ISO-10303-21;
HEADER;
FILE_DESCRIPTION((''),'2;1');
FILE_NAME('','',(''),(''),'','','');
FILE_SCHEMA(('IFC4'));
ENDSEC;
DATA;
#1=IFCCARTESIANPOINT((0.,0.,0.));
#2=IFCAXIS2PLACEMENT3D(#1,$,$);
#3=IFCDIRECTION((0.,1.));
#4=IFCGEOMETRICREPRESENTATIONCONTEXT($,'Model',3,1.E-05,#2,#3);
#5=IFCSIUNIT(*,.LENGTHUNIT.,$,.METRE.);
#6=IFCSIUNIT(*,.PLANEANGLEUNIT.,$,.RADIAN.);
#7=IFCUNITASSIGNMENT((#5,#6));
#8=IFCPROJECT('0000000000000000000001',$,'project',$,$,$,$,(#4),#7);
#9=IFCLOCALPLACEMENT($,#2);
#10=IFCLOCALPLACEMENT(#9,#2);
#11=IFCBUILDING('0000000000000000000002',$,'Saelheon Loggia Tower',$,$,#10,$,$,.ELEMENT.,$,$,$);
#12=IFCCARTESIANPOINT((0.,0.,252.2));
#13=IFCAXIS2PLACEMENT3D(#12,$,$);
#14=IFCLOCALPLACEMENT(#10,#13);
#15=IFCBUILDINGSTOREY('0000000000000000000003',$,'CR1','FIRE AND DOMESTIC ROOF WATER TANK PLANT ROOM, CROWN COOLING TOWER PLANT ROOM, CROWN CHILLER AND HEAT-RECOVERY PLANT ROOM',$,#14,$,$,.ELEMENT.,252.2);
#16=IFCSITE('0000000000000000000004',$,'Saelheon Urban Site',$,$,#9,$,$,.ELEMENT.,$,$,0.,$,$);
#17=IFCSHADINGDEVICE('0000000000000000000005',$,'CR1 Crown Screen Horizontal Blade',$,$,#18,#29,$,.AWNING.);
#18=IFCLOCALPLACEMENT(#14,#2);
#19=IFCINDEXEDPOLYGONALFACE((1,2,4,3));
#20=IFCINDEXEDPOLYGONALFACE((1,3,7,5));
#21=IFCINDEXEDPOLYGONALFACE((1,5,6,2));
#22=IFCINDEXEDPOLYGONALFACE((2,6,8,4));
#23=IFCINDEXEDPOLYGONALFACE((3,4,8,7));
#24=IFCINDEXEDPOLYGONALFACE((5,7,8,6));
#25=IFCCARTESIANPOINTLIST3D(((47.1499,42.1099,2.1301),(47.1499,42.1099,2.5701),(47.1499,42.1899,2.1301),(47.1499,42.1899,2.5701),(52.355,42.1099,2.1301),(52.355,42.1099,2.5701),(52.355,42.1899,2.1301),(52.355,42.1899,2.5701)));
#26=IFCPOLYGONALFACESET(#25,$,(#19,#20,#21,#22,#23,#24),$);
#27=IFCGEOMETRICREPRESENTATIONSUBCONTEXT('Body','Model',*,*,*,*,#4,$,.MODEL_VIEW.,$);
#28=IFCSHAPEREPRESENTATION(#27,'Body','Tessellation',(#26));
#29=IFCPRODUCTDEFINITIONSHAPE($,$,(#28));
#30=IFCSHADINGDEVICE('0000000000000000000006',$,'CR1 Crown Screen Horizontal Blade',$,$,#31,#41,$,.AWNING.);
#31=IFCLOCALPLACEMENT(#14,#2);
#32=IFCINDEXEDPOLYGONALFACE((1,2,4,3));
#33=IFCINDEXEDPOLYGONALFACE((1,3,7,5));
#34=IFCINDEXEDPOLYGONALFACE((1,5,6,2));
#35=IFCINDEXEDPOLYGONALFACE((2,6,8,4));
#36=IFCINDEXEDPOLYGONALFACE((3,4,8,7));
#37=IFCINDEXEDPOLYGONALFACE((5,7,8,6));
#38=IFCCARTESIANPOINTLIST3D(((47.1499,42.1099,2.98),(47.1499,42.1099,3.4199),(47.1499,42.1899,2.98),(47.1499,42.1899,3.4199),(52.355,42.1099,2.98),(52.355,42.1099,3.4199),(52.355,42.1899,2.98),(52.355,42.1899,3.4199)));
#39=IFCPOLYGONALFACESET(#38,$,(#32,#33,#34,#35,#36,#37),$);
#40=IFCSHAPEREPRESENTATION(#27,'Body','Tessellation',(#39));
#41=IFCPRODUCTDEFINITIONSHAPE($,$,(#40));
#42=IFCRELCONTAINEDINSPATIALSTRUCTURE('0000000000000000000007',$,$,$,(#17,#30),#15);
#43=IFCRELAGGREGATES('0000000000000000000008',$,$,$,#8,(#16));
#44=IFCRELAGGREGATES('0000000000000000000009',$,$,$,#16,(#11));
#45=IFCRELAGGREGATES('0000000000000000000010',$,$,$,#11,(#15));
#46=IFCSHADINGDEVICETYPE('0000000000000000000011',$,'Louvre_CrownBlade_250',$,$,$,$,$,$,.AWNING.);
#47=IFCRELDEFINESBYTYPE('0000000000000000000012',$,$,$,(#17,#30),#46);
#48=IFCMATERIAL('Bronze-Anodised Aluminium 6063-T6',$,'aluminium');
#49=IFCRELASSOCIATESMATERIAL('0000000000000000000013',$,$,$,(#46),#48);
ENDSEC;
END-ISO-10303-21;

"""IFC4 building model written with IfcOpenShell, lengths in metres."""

from ifc_helpers import new_model, si_unit, direction, frame, origin, origin_2d, place, context, subcontext, project, spatial, rectangle, extrude, source, transform, mapped, material, material_profile, profile_set, type_object, element, save


model = new_model("IFC4")

# Units and contexts
model_context = context("Model", 3, precision=1e-05, world=origin(), true_north=direction((0.0, 1.0)))
body_context = subcontext(model_context, "Body", "Model", "MODEL_VIEW")
ifc_project = project(units=[si_unit("LENGTHUNIT", "METRE"), si_unit("PLANEANGLEUNIT", "RADIAN")], contexts=[model_context])

# Site, building, storey
site_placement = place(None, origin())
site = spatial("IfcSite", under=ifc_project, at=site_placement, Name="Saelheon Urban Site", CompositionType="ELEMENT", RefElevation=0.0)
building_placement = place(site_placement, origin())
building = spatial("IfcBuilding", under=site, at=building_placement, Name="Saelheon Loggia Tower", CompositionType="ELEMENT")
storey_placement = place(building_placement, frame((0.0, 0.0, 252.2)))
storey = spatial("IfcBuildingStorey", under=building, at=storey_placement, Name="CR1", Description="FIRE AND DOMESTIC ROOF WATER TANK PLANT ROOM, CROWN COOLING TOWER PLANT ROOM, CROWN CHILLER AND HEAT-RECOVERY PLANT ROOM", CompositionType="ELEMENT", Elevation=252.2)

# Shared definitions
ifc_material_1 = material(Name="Bronze-Anodised Aluminium 6063-T6", Category="aluminium")

# Shading devices
ifc_material_profile_1 = material_profile(ifc_material_1, rectangle(XDim=0.0801, YDim=0.4399, at=origin_2d()), Name="Louvre_CrownBlade_250")
ifc_profile_set_1 = profile_set([ifc_material_profile_1], Name="Bronze-Anodised Aluminium 6063-T6")
shading_device_type = type_object("IfcShadingDeviceType", Name="Louvre_CrownBlade_250", PredefinedType="AWNING", material=ifc_profile_set_1)
shared_shape_1 = source(origin(), body_context, "Body", "SweptSolid", [
    extrude(rectangle(XDim=0.0801, YDim=0.4399, at=origin_2d()), origin(), (0.0, 0.0, 1.0), 5.2051),
])
for number, where, z_axis, x_axis, name in (
    (1, (52.355, 42.1499, 2.3501), (-1.0, 0.0, 0.0), (0.0, -1.0, 0.0), "CR1 Crown Screen Horizontal Blade"),
    (2, (52.355, 42.1499, 3.2), (-1.0, 0.0, 0.0), (0.0, -1.0, 0.0), "CR1 Crown Screen Horizontal Blade"),
):
    element("IfcShadingDevice", number, at=place(storey_placement, frame(where, z_axis=z_axis, x_axis=x_axis)), inside=storey, type_object=shading_device_type, Name=name, PredefinedType="AWNING", context=body_context, shape_type="MappedRepresentation", body=[
        mapped(shared_shape_1, transform((0.0, 0.0, 0.0), scale=1.0)),
    ])

save(model, "model.ifc")
